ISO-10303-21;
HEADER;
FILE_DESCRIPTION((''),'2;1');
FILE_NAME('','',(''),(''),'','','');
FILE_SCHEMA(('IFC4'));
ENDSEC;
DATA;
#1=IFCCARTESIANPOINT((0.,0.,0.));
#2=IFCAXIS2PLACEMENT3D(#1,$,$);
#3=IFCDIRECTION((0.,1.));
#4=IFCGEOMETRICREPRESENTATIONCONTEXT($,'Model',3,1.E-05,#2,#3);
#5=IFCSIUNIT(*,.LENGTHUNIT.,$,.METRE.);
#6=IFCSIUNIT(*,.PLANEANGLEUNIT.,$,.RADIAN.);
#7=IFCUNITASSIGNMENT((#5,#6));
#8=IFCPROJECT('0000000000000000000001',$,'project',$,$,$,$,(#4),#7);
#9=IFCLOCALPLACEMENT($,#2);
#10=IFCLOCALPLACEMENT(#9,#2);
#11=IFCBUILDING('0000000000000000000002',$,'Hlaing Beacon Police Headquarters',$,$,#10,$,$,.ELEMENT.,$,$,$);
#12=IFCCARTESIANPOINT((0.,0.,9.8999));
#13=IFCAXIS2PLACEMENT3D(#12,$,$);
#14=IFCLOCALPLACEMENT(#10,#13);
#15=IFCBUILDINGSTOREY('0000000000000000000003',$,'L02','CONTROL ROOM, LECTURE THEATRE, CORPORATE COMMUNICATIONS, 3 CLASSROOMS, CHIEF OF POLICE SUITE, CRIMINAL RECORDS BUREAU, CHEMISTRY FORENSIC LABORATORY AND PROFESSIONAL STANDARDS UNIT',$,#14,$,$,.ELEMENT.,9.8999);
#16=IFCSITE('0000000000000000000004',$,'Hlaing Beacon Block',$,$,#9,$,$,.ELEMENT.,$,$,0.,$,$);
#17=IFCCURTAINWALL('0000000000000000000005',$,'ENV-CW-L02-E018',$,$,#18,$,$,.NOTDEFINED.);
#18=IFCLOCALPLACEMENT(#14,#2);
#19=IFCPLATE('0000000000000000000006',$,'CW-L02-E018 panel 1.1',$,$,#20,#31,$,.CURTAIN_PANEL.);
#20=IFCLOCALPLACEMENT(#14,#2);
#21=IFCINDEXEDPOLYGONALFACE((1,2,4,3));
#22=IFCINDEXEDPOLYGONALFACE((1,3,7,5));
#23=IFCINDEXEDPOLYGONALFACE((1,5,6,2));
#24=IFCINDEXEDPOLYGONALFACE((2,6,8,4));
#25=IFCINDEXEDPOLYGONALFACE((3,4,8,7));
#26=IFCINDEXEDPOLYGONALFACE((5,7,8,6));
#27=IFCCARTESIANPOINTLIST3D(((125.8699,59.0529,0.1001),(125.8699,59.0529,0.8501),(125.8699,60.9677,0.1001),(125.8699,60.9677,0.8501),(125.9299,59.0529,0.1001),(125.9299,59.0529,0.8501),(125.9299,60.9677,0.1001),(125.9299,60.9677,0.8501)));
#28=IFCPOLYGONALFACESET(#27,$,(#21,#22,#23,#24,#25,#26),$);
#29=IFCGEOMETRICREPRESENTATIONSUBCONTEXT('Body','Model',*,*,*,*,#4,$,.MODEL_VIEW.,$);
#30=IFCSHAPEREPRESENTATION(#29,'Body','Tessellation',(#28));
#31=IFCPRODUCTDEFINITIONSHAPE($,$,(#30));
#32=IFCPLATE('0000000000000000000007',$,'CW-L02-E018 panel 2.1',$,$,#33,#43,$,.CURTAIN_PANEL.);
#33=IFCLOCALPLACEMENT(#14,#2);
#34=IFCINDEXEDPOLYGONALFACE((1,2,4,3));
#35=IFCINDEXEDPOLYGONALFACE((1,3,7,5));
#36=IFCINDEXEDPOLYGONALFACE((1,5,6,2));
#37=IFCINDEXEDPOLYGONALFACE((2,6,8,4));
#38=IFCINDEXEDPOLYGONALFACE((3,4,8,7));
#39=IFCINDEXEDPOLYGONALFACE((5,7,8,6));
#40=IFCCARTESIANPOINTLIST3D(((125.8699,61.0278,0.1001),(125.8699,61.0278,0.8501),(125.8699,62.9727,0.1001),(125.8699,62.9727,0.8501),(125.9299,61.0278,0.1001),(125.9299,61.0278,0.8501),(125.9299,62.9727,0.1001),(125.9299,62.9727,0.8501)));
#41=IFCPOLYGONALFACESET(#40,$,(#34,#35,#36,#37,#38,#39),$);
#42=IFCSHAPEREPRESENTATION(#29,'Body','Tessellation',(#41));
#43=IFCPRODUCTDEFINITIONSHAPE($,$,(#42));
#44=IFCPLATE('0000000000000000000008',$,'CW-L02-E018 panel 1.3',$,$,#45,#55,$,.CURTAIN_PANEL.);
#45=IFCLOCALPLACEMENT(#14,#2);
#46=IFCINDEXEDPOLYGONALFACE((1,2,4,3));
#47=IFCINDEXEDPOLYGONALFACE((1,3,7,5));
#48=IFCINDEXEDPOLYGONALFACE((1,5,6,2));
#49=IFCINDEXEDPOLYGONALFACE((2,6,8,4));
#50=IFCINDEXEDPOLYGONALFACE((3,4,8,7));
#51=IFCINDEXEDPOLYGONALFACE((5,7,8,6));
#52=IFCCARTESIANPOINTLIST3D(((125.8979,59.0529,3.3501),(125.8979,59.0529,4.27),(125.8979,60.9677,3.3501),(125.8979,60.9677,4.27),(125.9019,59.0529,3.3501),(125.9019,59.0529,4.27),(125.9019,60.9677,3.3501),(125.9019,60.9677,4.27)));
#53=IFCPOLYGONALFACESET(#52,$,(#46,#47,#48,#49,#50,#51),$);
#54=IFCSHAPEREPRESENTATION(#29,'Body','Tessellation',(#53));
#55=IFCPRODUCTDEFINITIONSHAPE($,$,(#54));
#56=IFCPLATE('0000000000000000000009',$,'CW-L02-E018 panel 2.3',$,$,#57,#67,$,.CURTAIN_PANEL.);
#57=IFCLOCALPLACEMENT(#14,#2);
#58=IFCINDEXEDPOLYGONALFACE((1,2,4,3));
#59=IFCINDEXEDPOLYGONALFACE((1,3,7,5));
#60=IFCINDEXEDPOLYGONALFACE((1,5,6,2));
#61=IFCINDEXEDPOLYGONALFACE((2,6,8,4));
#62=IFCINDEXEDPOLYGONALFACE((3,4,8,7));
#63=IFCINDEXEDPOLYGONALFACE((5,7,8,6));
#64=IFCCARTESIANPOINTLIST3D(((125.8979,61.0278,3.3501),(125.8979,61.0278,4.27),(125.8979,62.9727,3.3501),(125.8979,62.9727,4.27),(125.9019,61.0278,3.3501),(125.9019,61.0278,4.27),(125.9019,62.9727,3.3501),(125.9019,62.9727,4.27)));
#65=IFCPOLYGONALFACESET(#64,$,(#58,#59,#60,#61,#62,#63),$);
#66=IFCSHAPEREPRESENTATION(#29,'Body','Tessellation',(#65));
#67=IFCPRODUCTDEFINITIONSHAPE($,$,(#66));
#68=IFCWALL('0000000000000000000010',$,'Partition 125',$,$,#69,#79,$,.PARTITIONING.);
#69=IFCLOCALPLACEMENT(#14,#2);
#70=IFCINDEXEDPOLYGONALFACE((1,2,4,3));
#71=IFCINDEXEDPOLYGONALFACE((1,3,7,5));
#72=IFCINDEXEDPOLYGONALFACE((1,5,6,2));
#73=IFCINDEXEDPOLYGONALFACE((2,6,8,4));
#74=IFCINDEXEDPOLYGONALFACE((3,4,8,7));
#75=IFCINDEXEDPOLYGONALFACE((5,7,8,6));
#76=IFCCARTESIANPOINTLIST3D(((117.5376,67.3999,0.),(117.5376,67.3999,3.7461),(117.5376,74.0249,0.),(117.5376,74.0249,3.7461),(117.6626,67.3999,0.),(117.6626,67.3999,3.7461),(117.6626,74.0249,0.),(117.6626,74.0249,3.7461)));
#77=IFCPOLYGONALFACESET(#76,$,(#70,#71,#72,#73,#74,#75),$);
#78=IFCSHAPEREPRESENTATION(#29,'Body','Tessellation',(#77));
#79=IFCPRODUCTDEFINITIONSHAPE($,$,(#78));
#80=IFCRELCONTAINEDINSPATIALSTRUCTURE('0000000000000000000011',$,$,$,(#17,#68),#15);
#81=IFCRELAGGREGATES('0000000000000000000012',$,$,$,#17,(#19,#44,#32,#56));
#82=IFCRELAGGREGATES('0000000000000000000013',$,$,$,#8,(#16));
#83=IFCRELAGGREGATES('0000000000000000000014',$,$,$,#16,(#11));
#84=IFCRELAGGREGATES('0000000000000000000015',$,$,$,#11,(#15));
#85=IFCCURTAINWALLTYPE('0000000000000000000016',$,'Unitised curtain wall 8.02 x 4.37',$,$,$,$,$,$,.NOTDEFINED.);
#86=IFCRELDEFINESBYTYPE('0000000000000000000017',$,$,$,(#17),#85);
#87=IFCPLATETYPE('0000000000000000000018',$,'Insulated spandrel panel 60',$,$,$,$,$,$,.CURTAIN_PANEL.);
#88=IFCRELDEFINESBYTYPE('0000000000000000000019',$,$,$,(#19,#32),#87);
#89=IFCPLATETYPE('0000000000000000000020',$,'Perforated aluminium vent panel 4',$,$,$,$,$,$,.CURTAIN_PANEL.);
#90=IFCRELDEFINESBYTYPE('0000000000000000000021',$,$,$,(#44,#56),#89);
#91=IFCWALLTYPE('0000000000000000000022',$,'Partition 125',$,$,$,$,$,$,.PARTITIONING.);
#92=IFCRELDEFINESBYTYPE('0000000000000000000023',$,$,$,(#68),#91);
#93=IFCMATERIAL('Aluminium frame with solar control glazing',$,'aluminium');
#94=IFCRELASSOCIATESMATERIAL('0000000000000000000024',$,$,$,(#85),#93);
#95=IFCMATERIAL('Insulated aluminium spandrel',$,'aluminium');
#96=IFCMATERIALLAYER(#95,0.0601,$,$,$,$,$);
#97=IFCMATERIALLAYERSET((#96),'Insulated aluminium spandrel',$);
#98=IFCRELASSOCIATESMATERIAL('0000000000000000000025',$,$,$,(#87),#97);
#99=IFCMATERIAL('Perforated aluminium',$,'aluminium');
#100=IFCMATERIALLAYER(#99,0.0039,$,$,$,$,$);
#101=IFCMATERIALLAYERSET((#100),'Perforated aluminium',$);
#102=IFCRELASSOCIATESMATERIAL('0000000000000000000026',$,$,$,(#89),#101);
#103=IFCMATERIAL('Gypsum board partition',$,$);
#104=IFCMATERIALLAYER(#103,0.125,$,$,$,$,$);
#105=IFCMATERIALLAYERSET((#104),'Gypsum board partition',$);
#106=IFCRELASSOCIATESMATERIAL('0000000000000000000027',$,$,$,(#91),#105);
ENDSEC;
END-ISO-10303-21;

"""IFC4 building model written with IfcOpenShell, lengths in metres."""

from ifc_helpers import new_model, si_unit, direction, frame, frame_2d, origin, origin_2d, place, context, subcontext, project, spatial, rectangle, extrude, material, layer, layer_set, type_object, element, aggregate, save


model = new_model("IFC4")

# Units and contexts
model_context = context("Model", 3, precision=1e-05, world=origin(), true_north=direction((0.0, 1.0)))
body_context = subcontext(model_context, "Body", "Model", "MODEL_VIEW")
ifc_project = project(units=[si_unit("LENGTHUNIT", "METRE"), si_unit("PLANEANGLEUNIT", "RADIAN")], contexts=[model_context])

# Site, building, storey
site_placement = place(None, origin())
site = spatial("IfcSite", under=ifc_project, at=site_placement, Name="Hlaing Beacon Block", CompositionType="ELEMENT", RefElevation=0.0)
building_placement = place(site_placement, origin())
building = spatial("IfcBuilding", under=site, at=building_placement, Name="Hlaing Beacon Police Headquarters", CompositionType="ELEMENT")
storey_placement = place(building_placement, frame((0.0, 0.0, 9.8999)))
storey = spatial("IfcBuildingStorey", under=building, at=storey_placement, Name="L02", Description="CONTROL ROOM, LECTURE THEATRE, CORPORATE COMMUNICATIONS, 3 CLASSROOMS, CHIEF OF POLICE SUITE, CRIMINAL RECORDS BUREAU, CHEMISTRY FORENSIC LABORATORY AND PROFESSIONAL STANDARDS UNIT", CompositionType="ELEMENT", Elevation=9.8999)

# Curtain wall
ifc_material_1 = material(Name="Aluminium frame with solar control glazing", Category="aluminium")
curtain_wall_type = type_object("IfcCurtainWallType", Name="Unitised curtain wall 8.02 x 4.37", PredefinedType="NOTDEFINED", material=ifc_material_1)
curtain_wall_placement = place(storey_placement, origin())
curtain_wall = element("IfcCurtainWall", 1, at=curtain_wall_placement, inside=storey, type_object=curtain_wall_type, Name="ENV-CW-L02-E018", PredefinedType="NOTDEFINED")

# Plates
ifc_material_2 = material(Name="Insulated aluminium spandrel", Category="aluminium")
ifc_layer_1 = layer(ifc_material_2, 0.0601)
ifc_layer_set_1 = layer_set([ifc_layer_1], Name="Insulated aluminium spandrel")
plate_type_1 = type_object("IfcPlateType", Name="Insulated spandrel panel 60", PredefinedType="CURTAIN_PANEL", material=ifc_layer_set_1)
plate_1_placement = place(storey_placement, frame((125.8999, 60.0103, 0.1001), z_axis=(0.0, 0.0, 1.0), x_axis=(0.0, 1.0, 0.0)))
plate_1 = element("IfcPlate", 2, at=plate_1_placement, type_object=plate_type_1, Name="CW-L02-E018 panel 1.1", PredefinedType="CURTAIN_PANEL", context=body_context, shape_type="SweptSolid", body=[
    extrude(rectangle(XDim=1.9148, YDim=0.0601, at=origin_2d()), origin(), (0.0, 0.0, 1.0), 0.75),
])
plate_2_placement = place(storey_placement, frame((125.8999, 62.0002, 0.1001), z_axis=(0.0, 0.0, 1.0), x_axis=(0.0, 1.0, 0.0)))
plate_2 = element("IfcPlate", 3, at=plate_2_placement, type_object=plate_type_1, Name="CW-L02-E018 panel 2.1", PredefinedType="CURTAIN_PANEL", context=body_context, shape_type="SweptSolid", body=[
    extrude(rectangle(XDim=1.9448, YDim=0.0601, at=origin_2d()), origin(), (0.0, 0.0, 1.0), 0.75),
])
ifc_material_3 = material(Name="Perforated aluminium", Category="aluminium")
ifc_layer_2 = layer(ifc_material_3, 0.0039)
ifc_layer_set_2 = layer_set([ifc_layer_2], Name="Perforated aluminium")
plate_type_2 = type_object("IfcPlateType", Name="Perforated aluminium vent panel 4", PredefinedType="CURTAIN_PANEL", material=ifc_layer_set_2)
plate_3_placement = place(storey_placement, frame((125.8999, 60.0103, 3.3501), z_axis=(0.0, 0.0, 1.0), x_axis=(0.0, 1.0, 0.0)))
plate_3 = element("IfcPlate", 4, at=plate_3_placement, type_object=plate_type_2, Name="CW-L02-E018 panel 1.3", PredefinedType="CURTAIN_PANEL", context=body_context, shape_type="SweptSolid", body=[
    extrude(rectangle(XDim=1.9148, YDim=0.0039, at=origin_2d()), origin(), (0.0, 0.0, 1.0), 0.9199),
])
plate_4_placement = place(storey_placement, frame((125.8999, 62.0002, 3.3501), z_axis=(0.0, 0.0, 1.0), x_axis=(0.0, 1.0, 0.0)))
plate_4 = element("IfcPlate", 5, at=plate_4_placement, type_object=plate_type_2, Name="CW-L02-E018 panel 2.3", PredefinedType="CURTAIN_PANEL", context=body_context, shape_type="SweptSolid", body=[
    extrude(rectangle(XDim=1.9448, YDim=0.0039, at=origin_2d()), origin(), (0.0, 0.0, 1.0), 0.9199),
])
aggregate(curtain_wall, [plate_1, plate_3, plate_2, plate_4])

# Wall
ifc_material_4 = material(Name="Gypsum board partition")
ifc_layer_3 = layer(ifc_material_4, 0.125)
ifc_layer_set_3 = layer_set([ifc_layer_3], Name="Gypsum board partition")
wall_type = type_object("IfcWallType", Name="Partition 125", PredefinedType="PARTITIONING", material=ifc_layer_set_3)
wall_placement = place(storey_placement, frame((117.6001, 67.3999, 0.0), z_axis=(0.0, 0.0, 1.0), x_axis=(0.0, 1.0, 0.0)))
element("IfcWall", 6, at=wall_placement, inside=storey, type_object=wall_type, Name="Partition 125", PredefinedType="PARTITIONING", context=body_context, shape_type="SweptSolid", body=[
    extrude(rectangle(XDim=6.625, YDim=0.125, at=frame_2d((3.3125, 0.0))), origin(), (0.0, 0.0, 1.0), 3.7461),
])

save(model, "model.ifc")
